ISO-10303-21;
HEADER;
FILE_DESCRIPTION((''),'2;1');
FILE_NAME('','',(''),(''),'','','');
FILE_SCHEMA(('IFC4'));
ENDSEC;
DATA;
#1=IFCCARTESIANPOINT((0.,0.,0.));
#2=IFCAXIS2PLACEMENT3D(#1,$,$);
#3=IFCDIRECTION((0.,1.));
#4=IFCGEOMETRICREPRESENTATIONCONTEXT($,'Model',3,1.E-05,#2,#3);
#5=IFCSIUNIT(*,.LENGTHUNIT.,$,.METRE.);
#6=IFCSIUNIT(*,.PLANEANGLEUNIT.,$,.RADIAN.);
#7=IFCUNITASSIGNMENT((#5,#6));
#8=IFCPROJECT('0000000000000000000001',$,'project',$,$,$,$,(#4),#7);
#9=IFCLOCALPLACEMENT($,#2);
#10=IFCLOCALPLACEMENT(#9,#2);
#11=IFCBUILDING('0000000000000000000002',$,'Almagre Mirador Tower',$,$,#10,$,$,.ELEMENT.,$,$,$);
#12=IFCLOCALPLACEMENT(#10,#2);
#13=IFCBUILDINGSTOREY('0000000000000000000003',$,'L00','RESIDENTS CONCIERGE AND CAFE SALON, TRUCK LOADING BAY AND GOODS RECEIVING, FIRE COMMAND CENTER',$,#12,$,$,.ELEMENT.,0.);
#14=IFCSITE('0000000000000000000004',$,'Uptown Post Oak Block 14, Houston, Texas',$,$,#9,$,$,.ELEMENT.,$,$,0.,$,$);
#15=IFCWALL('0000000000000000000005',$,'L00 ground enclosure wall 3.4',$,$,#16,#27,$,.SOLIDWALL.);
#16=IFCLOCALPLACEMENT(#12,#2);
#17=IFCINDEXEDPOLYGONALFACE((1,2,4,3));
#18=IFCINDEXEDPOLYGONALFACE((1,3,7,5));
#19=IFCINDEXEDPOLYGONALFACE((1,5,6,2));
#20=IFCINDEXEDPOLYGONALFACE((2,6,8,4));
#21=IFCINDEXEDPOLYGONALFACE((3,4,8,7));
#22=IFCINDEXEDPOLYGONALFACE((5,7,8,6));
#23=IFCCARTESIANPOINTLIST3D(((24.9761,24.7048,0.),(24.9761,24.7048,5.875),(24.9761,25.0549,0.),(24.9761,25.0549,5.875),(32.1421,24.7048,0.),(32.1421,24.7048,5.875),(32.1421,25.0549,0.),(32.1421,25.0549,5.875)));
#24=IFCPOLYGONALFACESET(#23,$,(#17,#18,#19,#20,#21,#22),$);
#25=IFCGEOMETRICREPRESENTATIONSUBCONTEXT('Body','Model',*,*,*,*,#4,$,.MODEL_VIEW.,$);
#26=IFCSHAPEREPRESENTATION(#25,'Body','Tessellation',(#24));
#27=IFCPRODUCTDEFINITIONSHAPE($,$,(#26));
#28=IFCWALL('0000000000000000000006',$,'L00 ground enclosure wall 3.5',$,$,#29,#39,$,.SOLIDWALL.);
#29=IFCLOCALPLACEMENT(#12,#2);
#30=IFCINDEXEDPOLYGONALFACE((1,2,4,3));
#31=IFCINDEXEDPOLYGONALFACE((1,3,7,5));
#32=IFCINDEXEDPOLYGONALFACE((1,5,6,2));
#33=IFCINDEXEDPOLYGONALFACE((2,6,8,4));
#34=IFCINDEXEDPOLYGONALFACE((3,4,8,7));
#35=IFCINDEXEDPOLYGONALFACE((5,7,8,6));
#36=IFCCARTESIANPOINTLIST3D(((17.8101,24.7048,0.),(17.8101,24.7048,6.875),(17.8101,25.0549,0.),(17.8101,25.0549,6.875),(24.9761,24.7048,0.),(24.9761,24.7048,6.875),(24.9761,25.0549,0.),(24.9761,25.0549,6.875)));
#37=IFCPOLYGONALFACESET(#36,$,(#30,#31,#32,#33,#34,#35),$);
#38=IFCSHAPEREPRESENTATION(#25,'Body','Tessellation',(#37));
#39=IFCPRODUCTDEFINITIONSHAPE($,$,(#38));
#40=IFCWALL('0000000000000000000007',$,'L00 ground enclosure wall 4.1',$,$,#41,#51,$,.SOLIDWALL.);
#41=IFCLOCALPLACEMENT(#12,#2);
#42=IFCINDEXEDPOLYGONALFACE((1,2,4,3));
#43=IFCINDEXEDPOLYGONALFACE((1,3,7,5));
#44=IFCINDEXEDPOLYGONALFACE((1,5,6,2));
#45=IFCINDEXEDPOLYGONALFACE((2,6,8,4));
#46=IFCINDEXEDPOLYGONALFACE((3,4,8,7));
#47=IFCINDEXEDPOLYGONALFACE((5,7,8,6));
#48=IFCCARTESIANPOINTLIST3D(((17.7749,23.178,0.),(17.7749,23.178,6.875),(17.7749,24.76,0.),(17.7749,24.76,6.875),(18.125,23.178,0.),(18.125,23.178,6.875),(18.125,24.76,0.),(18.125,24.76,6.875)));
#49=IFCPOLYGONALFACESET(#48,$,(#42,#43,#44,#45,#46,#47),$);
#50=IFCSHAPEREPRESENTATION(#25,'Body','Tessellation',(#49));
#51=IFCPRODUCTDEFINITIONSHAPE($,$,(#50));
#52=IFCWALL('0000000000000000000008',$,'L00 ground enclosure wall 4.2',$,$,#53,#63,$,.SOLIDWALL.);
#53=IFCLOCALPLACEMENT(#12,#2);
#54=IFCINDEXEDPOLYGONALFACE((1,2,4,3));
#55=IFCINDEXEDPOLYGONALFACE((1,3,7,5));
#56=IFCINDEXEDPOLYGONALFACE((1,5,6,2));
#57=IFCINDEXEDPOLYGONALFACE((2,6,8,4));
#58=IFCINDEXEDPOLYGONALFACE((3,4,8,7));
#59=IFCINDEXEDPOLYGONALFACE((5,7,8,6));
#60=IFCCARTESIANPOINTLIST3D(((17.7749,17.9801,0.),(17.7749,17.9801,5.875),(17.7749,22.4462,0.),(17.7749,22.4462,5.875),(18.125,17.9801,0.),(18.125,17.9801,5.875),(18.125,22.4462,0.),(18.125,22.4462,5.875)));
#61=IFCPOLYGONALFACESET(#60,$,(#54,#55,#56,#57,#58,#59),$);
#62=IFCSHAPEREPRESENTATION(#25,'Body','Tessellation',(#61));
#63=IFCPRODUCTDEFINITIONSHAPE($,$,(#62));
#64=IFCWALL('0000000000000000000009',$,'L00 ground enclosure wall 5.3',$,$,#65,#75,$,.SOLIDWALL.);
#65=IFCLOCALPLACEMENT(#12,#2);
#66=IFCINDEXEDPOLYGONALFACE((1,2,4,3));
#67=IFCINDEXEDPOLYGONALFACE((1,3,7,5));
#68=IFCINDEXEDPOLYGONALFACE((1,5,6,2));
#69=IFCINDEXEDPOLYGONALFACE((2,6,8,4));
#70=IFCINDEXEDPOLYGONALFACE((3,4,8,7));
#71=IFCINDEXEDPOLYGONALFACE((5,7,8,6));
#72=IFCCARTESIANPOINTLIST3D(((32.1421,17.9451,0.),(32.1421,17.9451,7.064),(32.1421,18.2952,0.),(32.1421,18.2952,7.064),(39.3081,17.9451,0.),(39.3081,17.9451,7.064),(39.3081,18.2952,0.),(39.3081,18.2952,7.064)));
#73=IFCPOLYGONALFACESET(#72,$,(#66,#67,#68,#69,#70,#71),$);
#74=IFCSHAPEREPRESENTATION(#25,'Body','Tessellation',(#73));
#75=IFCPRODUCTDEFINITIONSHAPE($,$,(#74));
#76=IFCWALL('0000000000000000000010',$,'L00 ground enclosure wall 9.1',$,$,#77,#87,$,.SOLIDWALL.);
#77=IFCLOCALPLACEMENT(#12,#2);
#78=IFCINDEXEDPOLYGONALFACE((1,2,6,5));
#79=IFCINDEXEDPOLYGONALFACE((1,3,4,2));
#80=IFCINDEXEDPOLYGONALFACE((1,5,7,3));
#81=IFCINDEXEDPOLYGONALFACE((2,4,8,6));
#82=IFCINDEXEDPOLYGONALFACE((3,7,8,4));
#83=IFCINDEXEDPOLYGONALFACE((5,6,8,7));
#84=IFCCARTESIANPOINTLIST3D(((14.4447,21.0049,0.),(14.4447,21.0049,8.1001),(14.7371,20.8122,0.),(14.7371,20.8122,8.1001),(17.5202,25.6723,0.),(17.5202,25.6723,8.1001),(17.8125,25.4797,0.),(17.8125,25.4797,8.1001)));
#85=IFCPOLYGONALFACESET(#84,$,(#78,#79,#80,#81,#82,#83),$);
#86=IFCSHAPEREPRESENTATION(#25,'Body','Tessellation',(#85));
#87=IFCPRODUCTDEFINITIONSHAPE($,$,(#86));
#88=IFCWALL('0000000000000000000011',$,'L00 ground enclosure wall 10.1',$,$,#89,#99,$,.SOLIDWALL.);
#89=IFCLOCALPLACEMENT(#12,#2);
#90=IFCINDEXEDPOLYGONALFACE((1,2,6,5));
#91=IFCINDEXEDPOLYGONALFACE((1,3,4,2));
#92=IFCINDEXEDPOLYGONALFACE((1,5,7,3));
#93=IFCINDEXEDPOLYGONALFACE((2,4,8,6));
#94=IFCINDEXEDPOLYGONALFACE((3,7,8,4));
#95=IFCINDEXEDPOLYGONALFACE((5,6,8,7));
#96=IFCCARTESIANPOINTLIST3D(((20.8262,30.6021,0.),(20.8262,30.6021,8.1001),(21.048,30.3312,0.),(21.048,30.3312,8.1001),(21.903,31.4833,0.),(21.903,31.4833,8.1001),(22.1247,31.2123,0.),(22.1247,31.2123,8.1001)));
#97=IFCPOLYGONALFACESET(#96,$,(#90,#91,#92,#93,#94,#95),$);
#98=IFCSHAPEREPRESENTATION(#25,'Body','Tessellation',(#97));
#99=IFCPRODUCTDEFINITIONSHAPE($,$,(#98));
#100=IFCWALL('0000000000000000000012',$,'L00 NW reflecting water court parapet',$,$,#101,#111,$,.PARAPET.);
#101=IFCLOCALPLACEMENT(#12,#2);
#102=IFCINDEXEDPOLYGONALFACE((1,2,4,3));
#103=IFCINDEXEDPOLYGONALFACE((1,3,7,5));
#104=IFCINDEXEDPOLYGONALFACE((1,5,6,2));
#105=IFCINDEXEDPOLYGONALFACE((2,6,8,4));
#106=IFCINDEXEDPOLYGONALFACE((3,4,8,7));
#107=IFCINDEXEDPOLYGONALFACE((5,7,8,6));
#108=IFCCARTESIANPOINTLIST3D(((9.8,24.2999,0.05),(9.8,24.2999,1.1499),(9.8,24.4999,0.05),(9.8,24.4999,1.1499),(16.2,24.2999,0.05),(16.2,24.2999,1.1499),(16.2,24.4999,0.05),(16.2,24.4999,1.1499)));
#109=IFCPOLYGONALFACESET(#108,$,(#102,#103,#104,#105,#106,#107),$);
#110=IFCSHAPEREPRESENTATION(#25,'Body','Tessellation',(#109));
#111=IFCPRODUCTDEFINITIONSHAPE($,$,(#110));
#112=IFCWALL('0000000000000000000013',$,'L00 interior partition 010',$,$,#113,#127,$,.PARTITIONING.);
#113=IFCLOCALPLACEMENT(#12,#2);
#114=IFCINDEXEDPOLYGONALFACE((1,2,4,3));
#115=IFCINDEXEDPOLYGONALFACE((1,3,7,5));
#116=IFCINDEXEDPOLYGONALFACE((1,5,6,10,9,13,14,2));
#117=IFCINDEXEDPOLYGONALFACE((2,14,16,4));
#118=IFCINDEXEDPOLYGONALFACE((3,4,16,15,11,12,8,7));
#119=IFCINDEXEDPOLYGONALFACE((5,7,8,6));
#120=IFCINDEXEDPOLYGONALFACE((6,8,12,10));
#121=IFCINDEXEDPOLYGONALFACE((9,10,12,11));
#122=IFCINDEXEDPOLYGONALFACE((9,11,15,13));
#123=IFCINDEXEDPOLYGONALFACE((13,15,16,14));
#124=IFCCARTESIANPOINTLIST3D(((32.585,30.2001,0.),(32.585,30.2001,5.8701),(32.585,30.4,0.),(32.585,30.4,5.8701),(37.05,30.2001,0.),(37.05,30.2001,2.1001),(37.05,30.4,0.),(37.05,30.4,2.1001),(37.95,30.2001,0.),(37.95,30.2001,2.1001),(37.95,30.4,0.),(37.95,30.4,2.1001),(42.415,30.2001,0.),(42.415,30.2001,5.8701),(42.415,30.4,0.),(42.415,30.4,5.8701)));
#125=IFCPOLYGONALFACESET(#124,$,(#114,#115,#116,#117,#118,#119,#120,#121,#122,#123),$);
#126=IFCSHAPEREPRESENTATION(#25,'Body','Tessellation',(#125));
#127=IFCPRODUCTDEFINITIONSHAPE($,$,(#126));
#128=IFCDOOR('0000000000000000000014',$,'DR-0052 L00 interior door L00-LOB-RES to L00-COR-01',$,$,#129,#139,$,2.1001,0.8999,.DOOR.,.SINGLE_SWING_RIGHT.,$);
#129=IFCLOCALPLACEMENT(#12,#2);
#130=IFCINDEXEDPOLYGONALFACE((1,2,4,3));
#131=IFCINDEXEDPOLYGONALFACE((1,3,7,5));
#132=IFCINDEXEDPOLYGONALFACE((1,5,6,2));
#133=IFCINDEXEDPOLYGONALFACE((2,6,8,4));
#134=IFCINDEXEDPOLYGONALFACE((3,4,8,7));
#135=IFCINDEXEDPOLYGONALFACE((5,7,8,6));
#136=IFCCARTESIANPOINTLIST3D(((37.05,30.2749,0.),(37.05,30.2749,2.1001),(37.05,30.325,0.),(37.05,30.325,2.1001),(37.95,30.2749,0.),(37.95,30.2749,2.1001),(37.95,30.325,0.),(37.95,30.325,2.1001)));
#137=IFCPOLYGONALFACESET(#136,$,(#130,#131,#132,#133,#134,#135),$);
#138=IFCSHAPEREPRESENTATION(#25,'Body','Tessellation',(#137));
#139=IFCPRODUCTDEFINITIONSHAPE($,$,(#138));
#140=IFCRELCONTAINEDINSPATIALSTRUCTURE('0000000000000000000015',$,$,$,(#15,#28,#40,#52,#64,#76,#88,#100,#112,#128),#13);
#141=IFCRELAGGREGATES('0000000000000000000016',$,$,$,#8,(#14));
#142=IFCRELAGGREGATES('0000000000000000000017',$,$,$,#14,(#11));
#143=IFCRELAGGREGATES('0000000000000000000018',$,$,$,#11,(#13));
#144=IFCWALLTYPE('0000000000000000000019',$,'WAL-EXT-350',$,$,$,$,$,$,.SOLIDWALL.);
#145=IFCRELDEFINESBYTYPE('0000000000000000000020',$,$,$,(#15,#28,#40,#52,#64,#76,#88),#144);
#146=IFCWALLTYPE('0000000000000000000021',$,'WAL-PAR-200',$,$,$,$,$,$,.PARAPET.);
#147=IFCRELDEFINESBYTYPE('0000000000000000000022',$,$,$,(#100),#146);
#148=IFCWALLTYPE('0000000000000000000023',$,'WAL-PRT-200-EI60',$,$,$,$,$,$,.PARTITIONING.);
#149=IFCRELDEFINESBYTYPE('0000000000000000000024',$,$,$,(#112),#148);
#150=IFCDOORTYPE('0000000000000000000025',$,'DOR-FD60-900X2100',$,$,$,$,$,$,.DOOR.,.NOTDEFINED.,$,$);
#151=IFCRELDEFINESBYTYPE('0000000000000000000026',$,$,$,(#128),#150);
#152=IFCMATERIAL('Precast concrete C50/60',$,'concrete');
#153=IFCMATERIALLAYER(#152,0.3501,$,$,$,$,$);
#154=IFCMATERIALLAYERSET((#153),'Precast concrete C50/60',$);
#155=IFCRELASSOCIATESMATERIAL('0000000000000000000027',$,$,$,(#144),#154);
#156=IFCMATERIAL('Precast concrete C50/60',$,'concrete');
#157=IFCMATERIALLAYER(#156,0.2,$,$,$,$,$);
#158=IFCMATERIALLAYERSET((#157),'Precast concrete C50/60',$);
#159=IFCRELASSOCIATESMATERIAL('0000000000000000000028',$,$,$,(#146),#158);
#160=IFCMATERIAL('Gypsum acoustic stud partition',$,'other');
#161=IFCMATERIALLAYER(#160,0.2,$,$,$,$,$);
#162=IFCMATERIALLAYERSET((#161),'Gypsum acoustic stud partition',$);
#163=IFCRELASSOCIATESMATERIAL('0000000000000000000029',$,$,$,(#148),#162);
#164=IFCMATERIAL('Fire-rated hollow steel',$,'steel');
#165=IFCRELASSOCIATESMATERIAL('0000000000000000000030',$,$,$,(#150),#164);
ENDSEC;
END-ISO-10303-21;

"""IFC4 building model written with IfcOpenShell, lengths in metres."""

from ifc_helpers import new_model, si_unit, direction, frame, frame_2d, origin, place, context, subcontext, project, spatial, rectangle, extrude, material, layer, layer_set, type_object, element, fill, save


model = new_model("IFC4")

# Units and contexts
model_context = context("Model", 3, precision=1e-05, world=origin(), true_north=direction((0.0, 1.0)))
body_context = subcontext(model_context, "Body", "Model", "MODEL_VIEW")
ifc_project = project(units=[si_unit("LENGTHUNIT", "METRE"), si_unit("PLANEANGLEUNIT", "RADIAN")], contexts=[model_context])

# Site, building, storey
site_placement = place(None, origin())
site = spatial("IfcSite", under=ifc_project, at=site_placement, Name="Uptown Post Oak Block 14, Houston, Texas", CompositionType="ELEMENT", RefElevation=0.0)
building_placement = place(site_placement, origin())
building = spatial("IfcBuilding", under=site, at=building_placement, Name="Almagre Mirador Tower", CompositionType="ELEMENT")
storey_placement = place(building_placement, origin())
storey = spatial("IfcBuildingStorey", under=building, at=storey_placement, Name="L00", Description="RESIDENTS CONCIERGE AND CAFE SALON, TRUCK LOADING BAY AND GOODS RECEIVING, FIRE COMMAND CENTER", CompositionType="ELEMENT", Elevation=0.0)

# Walls
ifc_material_1 = material(Name="Precast concrete C50/60", Category="concrete")
ifc_layer_1 = layer(ifc_material_1, 0.3501)
ifc_layer_set_1 = layer_set([ifc_layer_1], Name="Precast concrete C50/60")
wall_type_1 = type_object("IfcWallType", Name="WAL-EXT-350", PredefinedType="SOLIDWALL", material=ifc_layer_set_1)
wall_1_placement = place(storey_placement, frame((32.1421, 24.8799, 0.0), z_axis=(0.0, 0.0, 1.0), x_axis=(-1.0, 0.0, 0.0)))
element("IfcWall", 1, at=wall_1_placement, inside=storey, type_object=wall_type_1, Name="L00 ground enclosure wall 3.4", PredefinedType="SOLIDWALL", context=body_context, shape_type="SweptSolid", body=[
    extrude(rectangle(XDim=7.166, YDim=0.3501, at=frame_2d((3.583, 0.0))), origin(), (0.0, 0.0, 1.0), 5.875),
])
wall_2_placement = place(storey_placement, frame((24.9761, 24.8799, 0.0), z_axis=(0.0, 0.0, 1.0), x_axis=(-1.0, 0.0, 0.0)))
element("IfcWall", 2, at=wall_2_placement, inside=storey, type_object=wall_type_1, Name="L00 ground enclosure wall 3.5", PredefinedType="SOLIDWALL", context=body_context, shape_type="SweptSolid", body=[
    extrude(rectangle(XDim=7.166, YDim=0.3501, at=frame_2d((3.583, 0.0))), origin(), (0.0, 0.0, 1.0), 6.875),
])
wall_3_placement = place(storey_placement, frame((17.95, 24.76, 0.0), z_axis=(0.0, 0.0, 1.0), x_axis=(0.0, -1.0, 0.0)))
element("IfcWall", 3, at=wall_3_placement, inside=storey, type_object=wall_type_1, Name="L00 ground enclosure wall 4.1", PredefinedType="SOLIDWALL", context=body_context, shape_type="SweptSolid", body=[
    extrude(rectangle(XDim=1.582, YDim=0.3501, at=frame_2d((0.791, 0.0))), origin(), (0.0, 0.0, 1.0), 6.875),
])
wall_4_placement = place(storey_placement, frame((17.95, 22.446, 0.0), z_axis=(0.0, 0.0, 1.0), x_axis=(0.0, -1.0, 0.0)))
element("IfcWall", 4, at=wall_4_placement, inside=storey, type_object=wall_type_1, Name="L00 ground enclosure wall 4.2", PredefinedType="SOLIDWALL", context=body_context, shape_type="SweptSolid", body=[
    extrude(rectangle(XDim=4.4661, YDim=0.3501, at=frame_2d((2.2329, 0.0))), origin(), (0.0, 0.0, 1.0), 5.875),
])
wall_5_placement = place(storey_placement, frame((32.1421, 18.1201, 0.0), z_axis=(0.0, 0.0, 1.0), x_axis=(1.0, 0.0, 0.0)))
element("IfcWall", 5, at=wall_5_placement, inside=storey, type_object=wall_type_1, Name="L00 ground enclosure wall 5.3", PredefinedType="SOLIDWALL", context=body_context, shape_type="SweptSolid", body=[
    extrude(rectangle(XDim=7.166, YDim=0.3501, at=frame_2d((3.583, 0.0))), origin(), (0.0, 0.0, 1.0), 7.064),
])
wall_6_placement = place(storey_placement, frame((14.5908, 20.9084, 0.0), z_axis=(0.0, 0.0, 1.0), x_axis=(0.550207, 0.835028, 0.0)))
element("IfcWall", 6, at=wall_6_placement, inside=storey, type_object=wall_type_1, Name="L00 ground enclosure wall 9.1", PredefinedType="SOLIDWALL", context=body_context, shape_type="SweptSolid", body=[
    extrude(rectangle(XDim=5.5896, YDim=0.3501, at=frame_2d((2.7949, 0.0))), origin(), (0.0, 0.0, 1.0), 8.1001),
])

# Walls
wall_7_placement = place(storey_placement, frame((20.937, 30.4666, 0.0), z_axis=(0.0, 0.0, 1.0), x_axis=(0.773887, 0.633324, 0.0)))
element("IfcWall", 7, at=wall_7_placement, inside=storey, type_object=wall_type_1, Name="L00 ground enclosure wall 10.1", PredefinedType="SOLIDWALL", context=body_context, shape_type="SweptSolid", body=[
    extrude(rectangle(XDim=1.3914, YDim=0.3501, at=frame_2d((0.6958, 0.0))), origin(), (0.0, 0.0, 1.0), 8.1001),
])
ifc_material_2 = material(Name="Precast concrete C50/60", Category="concrete")
ifc_layer_2 = layer(ifc_material_2, 0.2)
ifc_layer_set_2 = layer_set([ifc_layer_2], Name="Precast concrete C50/60")
wall_type_2 = type_object("IfcWallType", Name="WAL-PAR-200", PredefinedType="PARAPET", material=ifc_layer_set_2)
wall_8_placement = place(storey_placement, frame((9.8, 24.3999, 0.05), z_axis=(0.0, 0.0, 1.0), x_axis=(1.0, 0.0, 0.0)))
element("IfcWall", 8, at=wall_8_placement, inside=storey, type_object=wall_type_2, Name="L00 NW reflecting water court parapet", PredefinedType="PARAPET", context=body_context, shape_type="SweptSolid", body=[
    extrude(rectangle(XDim=6.3999, YDim=0.2, at=frame_2d((3.2, 0.0))), origin(), (0.0, 0.0, 1.0), 1.0999),
])

# Wall, opening, door
ifc_material_3 = material(Name="Gypsum acoustic stud partition", Category="other")
ifc_layer_3 = layer(ifc_material_3, 0.2)
ifc_layer_set_3 = layer_set([ifc_layer_3], Name="Gypsum acoustic stud partition")
wall_type_3 = type_object("IfcWallType", Name="WAL-PRT-200-EI60", PredefinedType="PARTITIONING", material=ifc_layer_set_3)
wall_9_placement = place(storey_placement, frame((32.585, 30.3, 0.0), z_axis=(0.0, 0.0, 1.0), x_axis=(1.0, 0.0, 0.0)))
wall_9 = element("IfcWall", 9, at=wall_9_placement, inside=storey, type_object=wall_type_3, Name="L00 interior partition 010", PredefinedType="PARTITIONING", context=body_context, shape_type="SweptSolid", body=[
    extrude(rectangle(XDim=9.8301, YDim=0.2, at=frame_2d((4.915, 0.0))), origin(), (0.0, 0.0, 1.0), 5.8701),
])
opening_1_placement = place(wall_9_placement, frame((4.4651, 0.0, 0.0)))
opening_1 = element("IfcOpeningElement", 10, at=opening_1_placement, cuts=wall_9, PredefinedType="OPENING", context=body_context, shape_type="SweptSolid", body=[
    extrude(rectangle(XDim=0.8999, YDim=2.1001, at=frame_2d((0.45, 1.05))), frame((0.0, 0.1101, 0.0), z_axis=(0.0, -1.0, 0.0), x_axis=(1.0, 0.0, 0.0)), (0.0, 0.0, 1.0), 0.22),
])
ifc_material_4 = material(Name="Fire-rated hollow steel", Category="steel")
door_type_1 = type_object("IfcDoorType", Name="DOR-FD60-900X2100", OperationType="NOTDEFINED", PredefinedType="DOOR", material=ifc_material_4)
door_1_placement = place(opening_1_placement, origin())
door_1 = element("IfcDoor", 11, at=door_1_placement, inside=storey, type_object=door_type_1, Name="DR-0052 L00 interior door L00-LOB-RES to L00-COR-01", OperationType="SINGLE_SWING_RIGHT", OverallHeight=2.1001, OverallWidth=0.8999, PredefinedType="DOOR", context=body_context, shape_type="SweptSolid", body=[
    extrude(rectangle(XDim=0.8999, YDim=2.1001, at=frame_2d((0.45, 1.05))), frame((0.0, 0.0249, 0.0), z_axis=(0.0, -1.0, 0.0), x_axis=(1.0, 0.0, 0.0)), (0.0, 0.0, 1.0), 0.05),
])
fill(opening_1, door_1)

save(model, "model.ifc")
